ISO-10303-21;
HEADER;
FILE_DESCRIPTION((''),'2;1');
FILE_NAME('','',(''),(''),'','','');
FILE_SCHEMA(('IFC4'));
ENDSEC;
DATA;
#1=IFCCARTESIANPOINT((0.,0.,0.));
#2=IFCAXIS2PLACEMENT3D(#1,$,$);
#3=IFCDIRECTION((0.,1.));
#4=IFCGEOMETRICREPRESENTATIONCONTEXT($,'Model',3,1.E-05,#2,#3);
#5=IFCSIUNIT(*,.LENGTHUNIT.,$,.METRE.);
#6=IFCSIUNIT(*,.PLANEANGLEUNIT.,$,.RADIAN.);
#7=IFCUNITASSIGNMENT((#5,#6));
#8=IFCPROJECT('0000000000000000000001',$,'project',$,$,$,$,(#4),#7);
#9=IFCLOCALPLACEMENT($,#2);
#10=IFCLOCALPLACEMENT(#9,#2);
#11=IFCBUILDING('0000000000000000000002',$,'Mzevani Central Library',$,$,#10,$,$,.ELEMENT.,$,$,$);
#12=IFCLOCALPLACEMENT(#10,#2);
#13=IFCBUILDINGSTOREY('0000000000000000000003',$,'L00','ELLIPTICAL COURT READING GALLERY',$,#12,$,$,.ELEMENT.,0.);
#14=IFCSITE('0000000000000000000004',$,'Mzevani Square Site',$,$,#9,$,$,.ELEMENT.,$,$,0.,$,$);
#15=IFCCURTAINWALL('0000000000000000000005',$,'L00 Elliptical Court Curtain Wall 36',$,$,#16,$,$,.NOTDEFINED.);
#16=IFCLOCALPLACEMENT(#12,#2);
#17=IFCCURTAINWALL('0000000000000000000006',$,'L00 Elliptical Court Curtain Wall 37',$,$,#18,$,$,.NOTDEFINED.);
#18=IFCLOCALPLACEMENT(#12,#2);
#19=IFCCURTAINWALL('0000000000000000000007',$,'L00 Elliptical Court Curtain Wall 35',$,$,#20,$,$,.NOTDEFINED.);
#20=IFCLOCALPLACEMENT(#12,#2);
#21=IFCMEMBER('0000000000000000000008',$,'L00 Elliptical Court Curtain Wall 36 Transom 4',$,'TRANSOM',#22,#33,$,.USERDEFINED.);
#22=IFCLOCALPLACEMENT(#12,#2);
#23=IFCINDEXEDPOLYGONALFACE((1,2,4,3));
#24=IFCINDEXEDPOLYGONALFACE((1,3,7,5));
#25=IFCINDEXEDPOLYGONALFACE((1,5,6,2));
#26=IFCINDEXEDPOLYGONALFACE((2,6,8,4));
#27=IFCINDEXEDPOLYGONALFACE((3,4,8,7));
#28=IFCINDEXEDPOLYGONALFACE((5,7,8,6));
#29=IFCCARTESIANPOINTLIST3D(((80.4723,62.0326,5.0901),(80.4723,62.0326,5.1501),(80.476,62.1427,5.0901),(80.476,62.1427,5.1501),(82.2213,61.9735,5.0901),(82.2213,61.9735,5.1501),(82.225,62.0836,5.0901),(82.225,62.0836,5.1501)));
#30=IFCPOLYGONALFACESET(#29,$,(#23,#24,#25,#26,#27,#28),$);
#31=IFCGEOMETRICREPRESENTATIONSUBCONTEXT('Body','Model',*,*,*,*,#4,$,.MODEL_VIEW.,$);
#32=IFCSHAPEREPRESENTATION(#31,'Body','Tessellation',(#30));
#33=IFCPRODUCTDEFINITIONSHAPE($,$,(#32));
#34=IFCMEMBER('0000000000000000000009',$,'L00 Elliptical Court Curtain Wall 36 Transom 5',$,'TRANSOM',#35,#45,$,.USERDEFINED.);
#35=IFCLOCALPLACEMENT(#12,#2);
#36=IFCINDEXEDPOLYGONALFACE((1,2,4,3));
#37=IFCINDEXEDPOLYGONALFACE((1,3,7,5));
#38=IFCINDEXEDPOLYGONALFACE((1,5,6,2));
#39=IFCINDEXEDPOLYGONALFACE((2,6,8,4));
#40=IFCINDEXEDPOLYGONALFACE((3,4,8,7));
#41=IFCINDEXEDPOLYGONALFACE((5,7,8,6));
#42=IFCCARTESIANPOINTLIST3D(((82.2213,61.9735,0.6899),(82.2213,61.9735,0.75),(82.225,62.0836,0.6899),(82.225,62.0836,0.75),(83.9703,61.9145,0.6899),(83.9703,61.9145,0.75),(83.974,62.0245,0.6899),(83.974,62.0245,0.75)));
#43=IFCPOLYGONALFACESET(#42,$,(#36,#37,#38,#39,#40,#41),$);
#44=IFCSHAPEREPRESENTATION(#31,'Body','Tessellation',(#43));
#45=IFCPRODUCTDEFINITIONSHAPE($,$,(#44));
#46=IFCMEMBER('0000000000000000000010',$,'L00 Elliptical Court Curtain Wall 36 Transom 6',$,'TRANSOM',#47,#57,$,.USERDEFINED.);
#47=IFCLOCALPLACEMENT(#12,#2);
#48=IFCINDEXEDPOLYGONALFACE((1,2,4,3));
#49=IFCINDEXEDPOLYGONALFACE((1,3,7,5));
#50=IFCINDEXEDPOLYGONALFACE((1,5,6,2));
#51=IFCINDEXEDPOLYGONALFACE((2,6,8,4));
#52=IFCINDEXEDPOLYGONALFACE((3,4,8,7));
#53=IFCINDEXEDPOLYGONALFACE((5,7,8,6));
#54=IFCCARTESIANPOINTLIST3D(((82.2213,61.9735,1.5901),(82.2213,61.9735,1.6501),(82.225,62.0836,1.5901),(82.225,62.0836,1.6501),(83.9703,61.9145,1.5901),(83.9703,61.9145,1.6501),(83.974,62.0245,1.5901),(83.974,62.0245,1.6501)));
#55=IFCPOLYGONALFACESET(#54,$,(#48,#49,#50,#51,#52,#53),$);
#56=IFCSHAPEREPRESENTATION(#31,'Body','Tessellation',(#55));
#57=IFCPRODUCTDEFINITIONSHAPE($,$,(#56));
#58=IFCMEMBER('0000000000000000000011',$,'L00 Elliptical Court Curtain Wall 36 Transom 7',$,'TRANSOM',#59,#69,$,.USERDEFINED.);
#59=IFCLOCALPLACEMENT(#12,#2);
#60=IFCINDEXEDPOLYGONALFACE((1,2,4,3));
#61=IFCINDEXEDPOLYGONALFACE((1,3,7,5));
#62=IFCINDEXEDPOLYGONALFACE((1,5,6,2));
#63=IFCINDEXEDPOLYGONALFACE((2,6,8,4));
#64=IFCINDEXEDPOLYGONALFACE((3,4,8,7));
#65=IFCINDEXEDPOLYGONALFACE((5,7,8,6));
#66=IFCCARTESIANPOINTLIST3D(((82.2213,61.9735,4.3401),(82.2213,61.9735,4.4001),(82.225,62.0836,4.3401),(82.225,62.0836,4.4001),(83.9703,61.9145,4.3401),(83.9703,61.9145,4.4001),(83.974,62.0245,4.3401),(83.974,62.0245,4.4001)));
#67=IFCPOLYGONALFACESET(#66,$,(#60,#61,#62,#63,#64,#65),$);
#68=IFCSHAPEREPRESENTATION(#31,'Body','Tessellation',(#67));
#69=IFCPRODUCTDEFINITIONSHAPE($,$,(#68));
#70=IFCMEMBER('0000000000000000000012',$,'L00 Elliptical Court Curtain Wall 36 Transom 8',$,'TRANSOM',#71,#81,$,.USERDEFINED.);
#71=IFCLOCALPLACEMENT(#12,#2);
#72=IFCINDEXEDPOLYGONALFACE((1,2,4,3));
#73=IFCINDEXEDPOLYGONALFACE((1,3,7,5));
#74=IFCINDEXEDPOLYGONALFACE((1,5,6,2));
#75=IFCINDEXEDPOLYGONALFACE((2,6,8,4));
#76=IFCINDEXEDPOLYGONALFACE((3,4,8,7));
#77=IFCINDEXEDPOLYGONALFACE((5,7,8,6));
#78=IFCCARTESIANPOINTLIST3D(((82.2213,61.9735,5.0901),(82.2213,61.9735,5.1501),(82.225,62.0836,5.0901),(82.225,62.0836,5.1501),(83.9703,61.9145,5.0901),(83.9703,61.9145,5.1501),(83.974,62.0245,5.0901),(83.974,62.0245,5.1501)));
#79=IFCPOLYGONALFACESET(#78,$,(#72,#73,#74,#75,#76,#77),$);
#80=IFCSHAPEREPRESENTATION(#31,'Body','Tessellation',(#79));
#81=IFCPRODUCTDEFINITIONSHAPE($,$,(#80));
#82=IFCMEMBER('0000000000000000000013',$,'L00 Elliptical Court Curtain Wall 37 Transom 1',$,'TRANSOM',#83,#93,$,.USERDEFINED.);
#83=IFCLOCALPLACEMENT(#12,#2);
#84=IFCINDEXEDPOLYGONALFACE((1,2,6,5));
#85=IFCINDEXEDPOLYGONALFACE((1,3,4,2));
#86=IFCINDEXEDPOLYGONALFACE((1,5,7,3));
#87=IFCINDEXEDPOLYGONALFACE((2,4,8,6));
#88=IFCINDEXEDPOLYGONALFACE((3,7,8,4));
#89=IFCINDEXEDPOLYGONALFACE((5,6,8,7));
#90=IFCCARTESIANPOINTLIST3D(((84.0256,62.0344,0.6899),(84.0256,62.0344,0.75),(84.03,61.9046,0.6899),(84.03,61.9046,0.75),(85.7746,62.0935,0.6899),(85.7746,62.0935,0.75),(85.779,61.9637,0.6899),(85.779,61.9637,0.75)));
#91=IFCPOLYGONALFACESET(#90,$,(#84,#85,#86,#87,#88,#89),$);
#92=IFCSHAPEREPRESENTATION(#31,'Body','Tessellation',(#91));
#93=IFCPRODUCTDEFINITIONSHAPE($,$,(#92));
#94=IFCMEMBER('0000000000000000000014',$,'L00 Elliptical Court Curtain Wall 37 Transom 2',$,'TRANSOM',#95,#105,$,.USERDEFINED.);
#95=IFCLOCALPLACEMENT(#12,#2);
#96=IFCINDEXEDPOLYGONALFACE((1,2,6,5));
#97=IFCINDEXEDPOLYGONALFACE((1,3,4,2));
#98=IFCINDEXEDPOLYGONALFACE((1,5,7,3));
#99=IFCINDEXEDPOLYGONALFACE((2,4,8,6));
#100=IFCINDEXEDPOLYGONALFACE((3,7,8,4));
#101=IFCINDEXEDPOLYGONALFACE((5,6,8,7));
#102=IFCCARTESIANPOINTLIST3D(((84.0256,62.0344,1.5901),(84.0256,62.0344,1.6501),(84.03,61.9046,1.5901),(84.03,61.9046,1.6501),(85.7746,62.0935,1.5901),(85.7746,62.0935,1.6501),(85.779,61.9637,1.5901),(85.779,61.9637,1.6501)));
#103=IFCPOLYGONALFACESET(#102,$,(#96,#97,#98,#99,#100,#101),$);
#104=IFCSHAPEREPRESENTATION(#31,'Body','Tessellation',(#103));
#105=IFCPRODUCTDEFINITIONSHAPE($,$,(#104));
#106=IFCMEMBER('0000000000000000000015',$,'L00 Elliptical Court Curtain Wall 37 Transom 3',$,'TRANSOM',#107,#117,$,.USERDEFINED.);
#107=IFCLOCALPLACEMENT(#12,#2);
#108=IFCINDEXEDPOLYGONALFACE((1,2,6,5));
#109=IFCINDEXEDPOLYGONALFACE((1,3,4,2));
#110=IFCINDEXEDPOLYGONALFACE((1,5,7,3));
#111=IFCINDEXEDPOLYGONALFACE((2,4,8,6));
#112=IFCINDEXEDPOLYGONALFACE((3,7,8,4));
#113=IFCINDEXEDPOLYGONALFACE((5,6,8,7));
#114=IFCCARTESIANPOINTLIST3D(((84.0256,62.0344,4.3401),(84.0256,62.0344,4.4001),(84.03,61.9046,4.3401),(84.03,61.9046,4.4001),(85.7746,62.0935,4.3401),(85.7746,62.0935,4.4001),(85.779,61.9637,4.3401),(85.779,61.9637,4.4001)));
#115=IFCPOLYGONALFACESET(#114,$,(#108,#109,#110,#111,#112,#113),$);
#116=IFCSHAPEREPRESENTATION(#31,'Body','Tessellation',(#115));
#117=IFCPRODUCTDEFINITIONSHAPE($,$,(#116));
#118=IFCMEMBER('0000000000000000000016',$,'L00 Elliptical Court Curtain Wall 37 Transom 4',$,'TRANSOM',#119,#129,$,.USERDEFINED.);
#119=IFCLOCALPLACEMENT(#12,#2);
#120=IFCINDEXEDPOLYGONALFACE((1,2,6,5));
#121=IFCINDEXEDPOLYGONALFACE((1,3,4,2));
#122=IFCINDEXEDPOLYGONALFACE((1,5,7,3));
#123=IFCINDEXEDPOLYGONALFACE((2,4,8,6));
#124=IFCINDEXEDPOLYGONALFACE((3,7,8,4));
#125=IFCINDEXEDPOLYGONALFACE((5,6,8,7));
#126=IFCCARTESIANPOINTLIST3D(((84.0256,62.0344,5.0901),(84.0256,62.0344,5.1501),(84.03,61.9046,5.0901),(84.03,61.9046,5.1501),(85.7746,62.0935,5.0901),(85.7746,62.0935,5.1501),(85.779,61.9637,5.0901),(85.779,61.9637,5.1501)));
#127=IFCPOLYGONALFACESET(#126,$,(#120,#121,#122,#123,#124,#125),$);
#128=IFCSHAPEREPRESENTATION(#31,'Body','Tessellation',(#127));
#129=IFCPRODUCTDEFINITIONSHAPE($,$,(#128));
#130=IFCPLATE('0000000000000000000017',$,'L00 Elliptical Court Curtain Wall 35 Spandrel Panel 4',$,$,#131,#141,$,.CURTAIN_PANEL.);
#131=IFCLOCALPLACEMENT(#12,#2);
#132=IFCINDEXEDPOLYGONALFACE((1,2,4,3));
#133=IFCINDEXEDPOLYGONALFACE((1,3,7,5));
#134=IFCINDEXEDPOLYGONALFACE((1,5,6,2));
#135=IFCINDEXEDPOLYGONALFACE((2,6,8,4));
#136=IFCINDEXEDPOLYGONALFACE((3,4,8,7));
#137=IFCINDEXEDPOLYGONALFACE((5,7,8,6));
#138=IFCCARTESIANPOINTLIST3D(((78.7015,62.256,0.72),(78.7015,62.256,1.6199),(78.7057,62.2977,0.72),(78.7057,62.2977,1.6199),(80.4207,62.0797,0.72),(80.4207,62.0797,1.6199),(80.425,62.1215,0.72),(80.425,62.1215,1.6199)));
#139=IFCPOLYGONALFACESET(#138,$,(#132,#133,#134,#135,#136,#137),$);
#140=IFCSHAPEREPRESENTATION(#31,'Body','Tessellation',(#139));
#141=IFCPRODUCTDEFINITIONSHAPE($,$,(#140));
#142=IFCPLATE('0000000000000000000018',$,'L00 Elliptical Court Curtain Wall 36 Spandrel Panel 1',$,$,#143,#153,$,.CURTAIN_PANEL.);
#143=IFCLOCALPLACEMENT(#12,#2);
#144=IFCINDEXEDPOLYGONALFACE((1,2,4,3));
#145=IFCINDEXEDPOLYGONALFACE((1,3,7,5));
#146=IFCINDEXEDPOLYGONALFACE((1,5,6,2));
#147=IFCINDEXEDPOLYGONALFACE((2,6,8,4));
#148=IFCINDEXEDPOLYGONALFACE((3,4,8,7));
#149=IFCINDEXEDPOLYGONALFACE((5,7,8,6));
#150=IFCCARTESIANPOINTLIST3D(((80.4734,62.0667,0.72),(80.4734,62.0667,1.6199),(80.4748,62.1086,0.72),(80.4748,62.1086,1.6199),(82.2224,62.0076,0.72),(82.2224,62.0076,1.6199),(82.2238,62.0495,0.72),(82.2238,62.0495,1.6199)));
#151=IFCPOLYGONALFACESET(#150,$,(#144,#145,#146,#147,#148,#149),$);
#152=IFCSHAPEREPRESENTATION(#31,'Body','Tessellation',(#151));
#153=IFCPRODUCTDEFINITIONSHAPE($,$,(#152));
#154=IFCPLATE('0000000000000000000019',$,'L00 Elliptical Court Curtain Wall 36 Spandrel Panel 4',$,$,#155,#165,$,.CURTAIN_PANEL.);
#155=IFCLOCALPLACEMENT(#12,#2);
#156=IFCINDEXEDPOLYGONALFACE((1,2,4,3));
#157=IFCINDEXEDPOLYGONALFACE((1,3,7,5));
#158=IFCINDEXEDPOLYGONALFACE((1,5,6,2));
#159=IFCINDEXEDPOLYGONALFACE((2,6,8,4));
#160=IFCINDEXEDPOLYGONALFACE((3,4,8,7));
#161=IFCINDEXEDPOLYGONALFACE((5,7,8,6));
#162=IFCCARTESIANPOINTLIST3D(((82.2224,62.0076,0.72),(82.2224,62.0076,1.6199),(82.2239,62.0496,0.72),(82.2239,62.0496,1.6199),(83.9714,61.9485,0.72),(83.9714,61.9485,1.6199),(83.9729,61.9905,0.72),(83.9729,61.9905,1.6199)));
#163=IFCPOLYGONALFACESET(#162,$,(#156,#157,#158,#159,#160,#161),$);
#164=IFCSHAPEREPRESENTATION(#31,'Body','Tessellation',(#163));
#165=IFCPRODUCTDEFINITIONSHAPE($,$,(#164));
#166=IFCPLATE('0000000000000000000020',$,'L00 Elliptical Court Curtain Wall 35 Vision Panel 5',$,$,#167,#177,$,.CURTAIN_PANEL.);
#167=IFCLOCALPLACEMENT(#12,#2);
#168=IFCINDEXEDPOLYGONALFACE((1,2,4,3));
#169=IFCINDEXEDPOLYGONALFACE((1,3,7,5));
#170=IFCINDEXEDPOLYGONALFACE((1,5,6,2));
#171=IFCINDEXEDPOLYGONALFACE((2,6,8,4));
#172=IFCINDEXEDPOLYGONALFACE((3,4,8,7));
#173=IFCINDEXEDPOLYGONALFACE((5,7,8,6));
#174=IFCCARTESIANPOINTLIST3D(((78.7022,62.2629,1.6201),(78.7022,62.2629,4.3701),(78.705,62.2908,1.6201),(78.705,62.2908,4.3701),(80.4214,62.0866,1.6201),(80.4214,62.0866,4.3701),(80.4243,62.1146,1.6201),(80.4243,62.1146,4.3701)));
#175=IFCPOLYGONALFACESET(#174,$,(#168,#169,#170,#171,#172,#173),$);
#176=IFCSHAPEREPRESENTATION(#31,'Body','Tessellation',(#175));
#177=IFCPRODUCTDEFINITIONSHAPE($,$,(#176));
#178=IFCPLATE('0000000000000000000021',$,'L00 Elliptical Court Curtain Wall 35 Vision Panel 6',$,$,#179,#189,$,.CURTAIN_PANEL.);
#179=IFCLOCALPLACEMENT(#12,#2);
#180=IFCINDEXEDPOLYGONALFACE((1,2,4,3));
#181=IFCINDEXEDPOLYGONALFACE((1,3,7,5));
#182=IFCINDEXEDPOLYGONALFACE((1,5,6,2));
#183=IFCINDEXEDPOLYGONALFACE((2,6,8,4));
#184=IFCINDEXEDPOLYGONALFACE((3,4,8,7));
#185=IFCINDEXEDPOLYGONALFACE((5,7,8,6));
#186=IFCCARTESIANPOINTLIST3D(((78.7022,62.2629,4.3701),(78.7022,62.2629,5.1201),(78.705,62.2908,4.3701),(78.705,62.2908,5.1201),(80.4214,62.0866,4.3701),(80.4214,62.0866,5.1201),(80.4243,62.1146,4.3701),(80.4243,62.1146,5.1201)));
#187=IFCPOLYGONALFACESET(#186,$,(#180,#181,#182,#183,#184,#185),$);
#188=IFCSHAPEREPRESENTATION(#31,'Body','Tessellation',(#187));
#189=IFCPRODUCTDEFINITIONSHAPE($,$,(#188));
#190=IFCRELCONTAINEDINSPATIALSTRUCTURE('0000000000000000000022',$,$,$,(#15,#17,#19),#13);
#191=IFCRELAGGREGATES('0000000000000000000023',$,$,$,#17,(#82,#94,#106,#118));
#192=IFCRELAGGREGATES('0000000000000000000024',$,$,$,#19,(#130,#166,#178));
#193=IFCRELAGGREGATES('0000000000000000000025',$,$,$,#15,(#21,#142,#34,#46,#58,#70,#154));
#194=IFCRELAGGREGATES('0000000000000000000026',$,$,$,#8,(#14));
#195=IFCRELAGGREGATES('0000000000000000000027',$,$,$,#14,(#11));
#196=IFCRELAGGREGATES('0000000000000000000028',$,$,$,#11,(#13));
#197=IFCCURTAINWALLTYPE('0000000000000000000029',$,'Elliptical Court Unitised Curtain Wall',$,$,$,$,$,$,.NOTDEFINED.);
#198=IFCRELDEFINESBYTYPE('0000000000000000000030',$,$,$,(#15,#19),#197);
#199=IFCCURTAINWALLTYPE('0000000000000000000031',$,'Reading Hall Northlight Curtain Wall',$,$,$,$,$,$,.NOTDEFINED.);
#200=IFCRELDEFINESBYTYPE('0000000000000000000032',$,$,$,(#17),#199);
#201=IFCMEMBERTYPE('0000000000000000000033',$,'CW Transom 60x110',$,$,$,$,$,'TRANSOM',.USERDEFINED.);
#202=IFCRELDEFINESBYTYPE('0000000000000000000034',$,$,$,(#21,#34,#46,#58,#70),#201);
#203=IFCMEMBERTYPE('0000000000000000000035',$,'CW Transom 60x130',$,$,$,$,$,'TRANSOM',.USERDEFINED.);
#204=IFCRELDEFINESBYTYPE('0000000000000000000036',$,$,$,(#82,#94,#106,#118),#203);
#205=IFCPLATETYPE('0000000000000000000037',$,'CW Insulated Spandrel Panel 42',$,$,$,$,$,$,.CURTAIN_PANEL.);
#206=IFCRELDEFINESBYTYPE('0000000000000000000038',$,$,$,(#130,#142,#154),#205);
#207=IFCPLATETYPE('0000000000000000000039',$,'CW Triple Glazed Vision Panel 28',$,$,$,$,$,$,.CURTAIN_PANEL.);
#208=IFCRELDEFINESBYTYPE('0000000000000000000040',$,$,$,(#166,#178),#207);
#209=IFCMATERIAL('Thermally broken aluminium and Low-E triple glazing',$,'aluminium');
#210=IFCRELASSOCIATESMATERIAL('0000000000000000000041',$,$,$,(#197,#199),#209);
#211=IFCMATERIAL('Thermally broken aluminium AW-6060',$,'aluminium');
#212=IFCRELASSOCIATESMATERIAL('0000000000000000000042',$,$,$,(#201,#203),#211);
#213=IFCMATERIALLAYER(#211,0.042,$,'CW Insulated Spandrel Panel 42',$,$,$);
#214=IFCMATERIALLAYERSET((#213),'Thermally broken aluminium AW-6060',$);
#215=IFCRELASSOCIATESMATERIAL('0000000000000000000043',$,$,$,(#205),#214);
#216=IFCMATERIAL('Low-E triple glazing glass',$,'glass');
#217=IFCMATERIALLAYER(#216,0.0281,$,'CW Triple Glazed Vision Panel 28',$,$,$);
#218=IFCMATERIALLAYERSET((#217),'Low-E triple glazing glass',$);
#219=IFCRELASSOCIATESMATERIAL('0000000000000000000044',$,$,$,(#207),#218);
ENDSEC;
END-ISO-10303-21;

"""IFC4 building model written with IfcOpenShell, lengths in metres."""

from ifc_helpers import new_model, si_unit, direction, frame, origin, origin_2d, place, context, subcontext, project, spatial, rectangle, extrude, material, layer, layer_set, material_profile, profile_set, type_object, element, aggregate, save


model = new_model("IFC4")

# Units and contexts
model_context = context("Model", 3, precision=1e-05, world=origin(), true_north=direction((0.0, 1.0)))
body_context = subcontext(model_context, "Body", "Model", "MODEL_VIEW")
ifc_project = project(units=[si_unit("LENGTHUNIT", "METRE"), si_unit("PLANEANGLEUNIT", "RADIAN")], contexts=[model_context])

# Site, building, storey
site_placement = place(None, origin())
site = spatial("IfcSite", under=ifc_project, at=site_placement, Name="Mzevani Square Site", CompositionType="ELEMENT", RefElevation=0.0)
building_placement = place(site_placement, origin())
building = spatial("IfcBuilding", under=site, at=building_placement, Name="Mzevani Central Library", CompositionType="ELEMENT")
storey_placement = place(building_placement, origin())
storey = spatial("IfcBuildingStorey", under=building, at=storey_placement, Name="L00", Description="ELLIPTICAL COURT READING GALLERY", CompositionType="ELEMENT", Elevation=0.0)

# Curtain wall
ifc_material_1 = material(Name="Thermally broken aluminium and Low-E triple glazing", Category="aluminium")
curtain_wall_type_1 = type_object("IfcCurtainWallType", Name="Elliptical Court Unitised Curtain Wall", PredefinedType="NOTDEFINED", material=ifc_material_1)
curtain_wall_1_placement = place(storey_placement, origin())
curtain_wall_1 = element("IfcCurtainWall", 1, at=curtain_wall_1_placement, inside=storey, type_object=curtain_wall_type_1, Name="L00 Elliptical Court Curtain Wall 36", PredefinedType="NOTDEFINED")
ifc_material_2 = material(Name="Thermally broken aluminium AW-6060", Category="aluminium")

# Curtain wall
curtain_wall_type_2 = type_object("IfcCurtainWallType", Name="Reading Hall Northlight Curtain Wall", PredefinedType="NOTDEFINED", material=ifc_material_1)
curtain_wall_2_placement = place(storey_placement, origin())
curtain_wall_2 = element("IfcCurtainWall", 2, at=curtain_wall_2_placement, inside=storey, type_object=curtain_wall_type_2, Name="L00 Elliptical Court Curtain Wall 37", PredefinedType="NOTDEFINED")

# Curtain wall
curtain_wall_3_placement = place(storey_placement, origin())
curtain_wall_3 = element("IfcCurtainWall", 3, at=curtain_wall_3_placement, inside=storey, type_object=curtain_wall_type_1, Name="L00 Elliptical Court Curtain Wall 35", PredefinedType="NOTDEFINED")

# Members
ifc_material_profile_1 = material_profile(ifc_material_2, rectangle(XDim=0.1101, YDim=0.0601, at=origin_2d()), Name="ALU T60x110")
ifc_profile_set_1 = profile_set([ifc_material_profile_1], Name="Thermally broken aluminium AW-6060")
member_type_1 = type_object("IfcMemberType", Name="CW Transom 60x110", ElementType="TRANSOM", PredefinedType="USERDEFINED", material=ifc_profile_set_1)
member_1_placement = place(storey_placement, frame((80.4741, 62.0876, 5.1201), z_axis=(0.99943, -0.033761, 0.0), x_axis=(0.033761, 0.99943, 0.0)))
member_1 = element("IfcMember", 4, at=member_1_placement, type_object=member_type_1, Name="L00 Elliptical Court Curtain Wall 36 Transom 4", ObjectType="TRANSOM", PredefinedType="USERDEFINED", context=body_context, shape_type="SweptSolid", body=[
    extrude(rectangle(XDim=0.1101, YDim=0.0601, at=origin_2d()), origin(), (0.0, 0.0, 1.0), 1.75),
])
member_2_placement = place(storey_placement, frame((82.2231, 62.0286, 0.72), z_axis=(0.99943, -0.033761, 0.0), x_axis=(0.033761, 0.99943, 0.0)))
member_2 = element("IfcMember", 5, at=member_2_placement, type_object=member_type_1, Name="L00 Elliptical Court Curtain Wall 36 Transom 5", ObjectType="TRANSOM", PredefinedType="USERDEFINED", context=body_context, shape_type="SweptSolid", body=[
    extrude(rectangle(XDim=0.1101, YDim=0.0601, at=origin_2d()), origin(), (0.0, 0.0, 1.0), 1.75),
])
member_3_placement = place(storey_placement, frame((82.2231, 62.0286, 1.6201), z_axis=(0.99943, -0.033761, 0.0), x_axis=(0.033761, 0.99943, 0.0)))
member_3 = element("IfcMember", 6, at=member_3_placement, type_object=member_type_1, Name="L00 Elliptical Court Curtain Wall 36 Transom 6", ObjectType="TRANSOM", PredefinedType="USERDEFINED", context=body_context, shape_type="SweptSolid", body=[
    extrude(rectangle(XDim=0.1101, YDim=0.0601, at=origin_2d()), origin(), (0.0, 0.0, 1.0), 1.75),
])
member_4_placement = place(storey_placement, frame((82.2231, 62.0286, 4.3701), z_axis=(0.99943, -0.033761, 0.0), x_axis=(0.033761, 0.99943, 0.0)))
member_4 = element("IfcMember", 7, at=member_4_placement, type_object=member_type_1, Name="L00 Elliptical Court Curtain Wall 36 Transom 7", ObjectType="TRANSOM", PredefinedType="USERDEFINED", context=body_context, shape_type="SweptSolid", body=[
    extrude(rectangle(XDim=0.1101, YDim=0.0601, at=origin_2d()), origin(), (0.0, 0.0, 1.0), 1.75),
])
member_5_placement = place(storey_placement, frame((82.2231, 62.0286, 5.1201), z_axis=(0.99943, -0.033761, 0.0), x_axis=(0.033761, 0.99943, 0.0)))
member_5 = element("IfcMember", 8, at=member_5_placement, type_object=member_type_1, Name="L00 Elliptical Court Curtain Wall 36 Transom 8", ObjectType="TRANSOM", PredefinedType="USERDEFINED", context=body_context, shape_type="SweptSolid", body=[
    extrude(rectangle(XDim=0.1101, YDim=0.0601, at=origin_2d()), origin(), (0.0, 0.0, 1.0), 1.75),
])
ifc_material_profile_2 = material_profile(ifc_material_2, rectangle(XDim=0.1299, YDim=0.0601, at=origin_2d()), Name="ALU T60x130")
ifc_profile_set_2 = profile_set([ifc_material_profile_2], Name="Thermally broken aluminium AW-6060")
member_type_2 = type_object("IfcMemberType", Name="CW Transom 60x130", ElementType="TRANSOM", PredefinedType="USERDEFINED", material=ifc_profile_set_2)
member_6_placement = place(storey_placement, frame((84.0278, 61.9695, 0.72), z_axis=(0.99943, 0.033761, 0.0), x_axis=(-0.033761, 0.99943, 0.0)))
member_6 = element("IfcMember", 9, at=member_6_placement, type_object=member_type_2, Name="L00 Elliptical Court Curtain Wall 37 Transom 1", ObjectType="TRANSOM", PredefinedType="USERDEFINED", context=body_context, shape_type="SweptSolid", body=[
    extrude(rectangle(XDim=0.1299, YDim=0.0601, at=origin_2d()), origin(), (0.0, 0.0, 1.0), 1.75),
])
member_7_placement = place(storey_placement, frame((84.0278, 61.9695, 1.6201), z_axis=(0.99943, 0.033761, 0.0), x_axis=(-0.033761, 0.99943, 0.0)))
member_7 = element("IfcMember", 10, at=member_7_placement, type_object=member_type_2, Name="L00 Elliptical Court Curtain Wall 37 Transom 2", ObjectType="TRANSOM", PredefinedType="USERDEFINED", context=body_context, shape_type="SweptSolid", body=[
    extrude(rectangle(XDim=0.1299, YDim=0.0601, at=origin_2d()), origin(), (0.0, 0.0, 1.0), 1.75),
])
member_8_placement = place(storey_placement, frame((84.0278, 61.9695, 4.3701), z_axis=(0.99943, 0.033761, 0.0), x_axis=(-0.033761, 0.99943, 0.0)))
member_8 = element("IfcMember", 11, at=member_8_placement, type_object=member_type_2, Name="L00 Elliptical Court Curtain Wall 37 Transom 3", ObjectType="TRANSOM", PredefinedType="USERDEFINED", context=body_context, shape_type="SweptSolid", body=[
    extrude(rectangle(XDim=0.1299, YDim=0.0601, at=origin_2d()), origin(), (0.0, 0.0, 1.0), 1.75),
])
member_9_placement = place(storey_placement, frame((84.0278, 61.9695, 5.1201), z_axis=(0.99943, 0.033761, 0.0), x_axis=(-0.033761, 0.99943, 0.0)))
member_9 = element("IfcMember", 12, at=member_9_placement, type_object=member_type_2, Name="L00 Elliptical Court Curtain Wall 37 Transom 4", ObjectType="TRANSOM", PredefinedType="USERDEFINED", context=body_context, shape_type="SweptSolid", body=[
    extrude(rectangle(XDim=0.1299, YDim=0.0601, at=origin_2d()), origin(), (0.0, 0.0, 1.0), 1.75),
])
aggregate(curtain_wall_2, [member_6, member_7, member_8, member_9])

# Plates
ifc_layer_1 = layer(ifc_material_2, 0.042, Name="CW Insulated Spandrel Panel 42")
ifc_layer_set_1 = layer_set([ifc_layer_1], Name="Thermally broken aluminium AW-6060")
plate_type_1 = type_object("IfcPlateType", Name="CW Insulated Spandrel Panel 42", PredefinedType="CURTAIN_PANEL", material=ifc_layer_set_1)
plate_1_placement = place(storey_placement, frame((79.5632, 62.1887, 0.72), z_axis=(0.0, 0.0, 1.0), x_axis=(0.994786, -0.101987, 0.0)))
plate_1 = element("IfcPlate", 13, at=plate_1_placement, type_object=plate_type_1, Name="L00 Elliptical Court Curtain Wall 35 Spandrel Panel 4", PredefinedType="CURTAIN_PANEL", context=body_context, shape_type="SweptSolid", body=[
    extrude(rectangle(XDim=1.7283, YDim=0.042, at=origin_2d()), origin(), (0.0, 0.0, 1.0), 0.8999),
])
plate_2_placement = place(storey_placement, frame((81.3486, 62.0581, 0.72), z_axis=(0.0, 0.0, 1.0), x_axis=(0.99943, -0.033771, 0.0)))
plate_2 = element("IfcPlate", 14, at=plate_2_placement, type_object=plate_type_1, Name="L00 Elliptical Court Curtain Wall 36 Spandrel Panel 1", PredefinedType="CURTAIN_PANEL", context=body_context, shape_type="SweptSolid", body=[
    extrude(rectangle(XDim=1.75, YDim=0.042, at=origin_2d()), origin(), (0.0, 0.0, 1.0), 0.8999),
])
plate_3_placement = place(storey_placement, frame((83.0977, 61.999, 0.72), z_axis=(0.0, 0.0, 1.0), x_axis=(0.99943, -0.033771, 0.0)))
plate_3 = element("IfcPlate", 15, at=plate_3_placement, type_object=plate_type_1, Name="L00 Elliptical Court Curtain Wall 36 Spandrel Panel 4", PredefinedType="CURTAIN_PANEL", context=body_context, shape_type="SweptSolid", body=[
    extrude(rectangle(XDim=1.75, YDim=0.042, at=origin_2d()), origin(), (0.0, 0.0, 1.0), 0.8999),
])
ifc_material_3 = material(Name="Low-E triple glazing glass", Category="glass")
ifc_layer_2 = layer(ifc_material_3, 0.0281, Name="CW Triple Glazed Vision Panel 28")
ifc_layer_set_2 = layer_set([ifc_layer_2], Name="Low-E triple glazing glass")
plate_type_2 = type_object("IfcPlateType", Name="CW Triple Glazed Vision Panel 28", PredefinedType="CURTAIN_PANEL", material=ifc_layer_set_2)
plate_4_placement = place(storey_placement, frame((79.5632, 62.1887, 1.6201), z_axis=(0.0, 0.0, 1.0), x_axis=(0.994786, -0.101987, 0.0)))
plate_4 = element("IfcPlate", 16, at=plate_4_placement, type_object=plate_type_2, Name="L00 Elliptical Court Curtain Wall 35 Vision Panel 5", PredefinedType="CURTAIN_PANEL", context=body_context, shape_type="SweptSolid", body=[
    extrude(rectangle(XDim=1.7283, YDim=0.0281, at=origin_2d()), origin(), (0.0, 0.0, 1.0), 2.75),
])
plate_5_placement = place(storey_placement, frame((79.5632, 62.1887, 4.3701), z_axis=(0.0, 0.0, 1.0), x_axis=(0.994786, -0.101987, 0.0)))
plate_5 = element("IfcPlate", 17, at=plate_5_placement, type_object=plate_type_2, Name="L00 Elliptical Court Curtain Wall 35 Vision Panel 6", PredefinedType="CURTAIN_PANEL", context=body_context, shape_type="SweptSolid", body=[
    extrude(rectangle(XDim=1.7283, YDim=0.0281, at=origin_2d()), origin(), (0.0, 0.0, 1.0), 0.75),
])
aggregate(curtain_wall_3, [plate_1, plate_4, plate_5])
aggregate(curtain_wall_1, [member_1, plate_2, member_2, member_3, member_4, member_5, plate_3])

save(model, "model.ifc")
